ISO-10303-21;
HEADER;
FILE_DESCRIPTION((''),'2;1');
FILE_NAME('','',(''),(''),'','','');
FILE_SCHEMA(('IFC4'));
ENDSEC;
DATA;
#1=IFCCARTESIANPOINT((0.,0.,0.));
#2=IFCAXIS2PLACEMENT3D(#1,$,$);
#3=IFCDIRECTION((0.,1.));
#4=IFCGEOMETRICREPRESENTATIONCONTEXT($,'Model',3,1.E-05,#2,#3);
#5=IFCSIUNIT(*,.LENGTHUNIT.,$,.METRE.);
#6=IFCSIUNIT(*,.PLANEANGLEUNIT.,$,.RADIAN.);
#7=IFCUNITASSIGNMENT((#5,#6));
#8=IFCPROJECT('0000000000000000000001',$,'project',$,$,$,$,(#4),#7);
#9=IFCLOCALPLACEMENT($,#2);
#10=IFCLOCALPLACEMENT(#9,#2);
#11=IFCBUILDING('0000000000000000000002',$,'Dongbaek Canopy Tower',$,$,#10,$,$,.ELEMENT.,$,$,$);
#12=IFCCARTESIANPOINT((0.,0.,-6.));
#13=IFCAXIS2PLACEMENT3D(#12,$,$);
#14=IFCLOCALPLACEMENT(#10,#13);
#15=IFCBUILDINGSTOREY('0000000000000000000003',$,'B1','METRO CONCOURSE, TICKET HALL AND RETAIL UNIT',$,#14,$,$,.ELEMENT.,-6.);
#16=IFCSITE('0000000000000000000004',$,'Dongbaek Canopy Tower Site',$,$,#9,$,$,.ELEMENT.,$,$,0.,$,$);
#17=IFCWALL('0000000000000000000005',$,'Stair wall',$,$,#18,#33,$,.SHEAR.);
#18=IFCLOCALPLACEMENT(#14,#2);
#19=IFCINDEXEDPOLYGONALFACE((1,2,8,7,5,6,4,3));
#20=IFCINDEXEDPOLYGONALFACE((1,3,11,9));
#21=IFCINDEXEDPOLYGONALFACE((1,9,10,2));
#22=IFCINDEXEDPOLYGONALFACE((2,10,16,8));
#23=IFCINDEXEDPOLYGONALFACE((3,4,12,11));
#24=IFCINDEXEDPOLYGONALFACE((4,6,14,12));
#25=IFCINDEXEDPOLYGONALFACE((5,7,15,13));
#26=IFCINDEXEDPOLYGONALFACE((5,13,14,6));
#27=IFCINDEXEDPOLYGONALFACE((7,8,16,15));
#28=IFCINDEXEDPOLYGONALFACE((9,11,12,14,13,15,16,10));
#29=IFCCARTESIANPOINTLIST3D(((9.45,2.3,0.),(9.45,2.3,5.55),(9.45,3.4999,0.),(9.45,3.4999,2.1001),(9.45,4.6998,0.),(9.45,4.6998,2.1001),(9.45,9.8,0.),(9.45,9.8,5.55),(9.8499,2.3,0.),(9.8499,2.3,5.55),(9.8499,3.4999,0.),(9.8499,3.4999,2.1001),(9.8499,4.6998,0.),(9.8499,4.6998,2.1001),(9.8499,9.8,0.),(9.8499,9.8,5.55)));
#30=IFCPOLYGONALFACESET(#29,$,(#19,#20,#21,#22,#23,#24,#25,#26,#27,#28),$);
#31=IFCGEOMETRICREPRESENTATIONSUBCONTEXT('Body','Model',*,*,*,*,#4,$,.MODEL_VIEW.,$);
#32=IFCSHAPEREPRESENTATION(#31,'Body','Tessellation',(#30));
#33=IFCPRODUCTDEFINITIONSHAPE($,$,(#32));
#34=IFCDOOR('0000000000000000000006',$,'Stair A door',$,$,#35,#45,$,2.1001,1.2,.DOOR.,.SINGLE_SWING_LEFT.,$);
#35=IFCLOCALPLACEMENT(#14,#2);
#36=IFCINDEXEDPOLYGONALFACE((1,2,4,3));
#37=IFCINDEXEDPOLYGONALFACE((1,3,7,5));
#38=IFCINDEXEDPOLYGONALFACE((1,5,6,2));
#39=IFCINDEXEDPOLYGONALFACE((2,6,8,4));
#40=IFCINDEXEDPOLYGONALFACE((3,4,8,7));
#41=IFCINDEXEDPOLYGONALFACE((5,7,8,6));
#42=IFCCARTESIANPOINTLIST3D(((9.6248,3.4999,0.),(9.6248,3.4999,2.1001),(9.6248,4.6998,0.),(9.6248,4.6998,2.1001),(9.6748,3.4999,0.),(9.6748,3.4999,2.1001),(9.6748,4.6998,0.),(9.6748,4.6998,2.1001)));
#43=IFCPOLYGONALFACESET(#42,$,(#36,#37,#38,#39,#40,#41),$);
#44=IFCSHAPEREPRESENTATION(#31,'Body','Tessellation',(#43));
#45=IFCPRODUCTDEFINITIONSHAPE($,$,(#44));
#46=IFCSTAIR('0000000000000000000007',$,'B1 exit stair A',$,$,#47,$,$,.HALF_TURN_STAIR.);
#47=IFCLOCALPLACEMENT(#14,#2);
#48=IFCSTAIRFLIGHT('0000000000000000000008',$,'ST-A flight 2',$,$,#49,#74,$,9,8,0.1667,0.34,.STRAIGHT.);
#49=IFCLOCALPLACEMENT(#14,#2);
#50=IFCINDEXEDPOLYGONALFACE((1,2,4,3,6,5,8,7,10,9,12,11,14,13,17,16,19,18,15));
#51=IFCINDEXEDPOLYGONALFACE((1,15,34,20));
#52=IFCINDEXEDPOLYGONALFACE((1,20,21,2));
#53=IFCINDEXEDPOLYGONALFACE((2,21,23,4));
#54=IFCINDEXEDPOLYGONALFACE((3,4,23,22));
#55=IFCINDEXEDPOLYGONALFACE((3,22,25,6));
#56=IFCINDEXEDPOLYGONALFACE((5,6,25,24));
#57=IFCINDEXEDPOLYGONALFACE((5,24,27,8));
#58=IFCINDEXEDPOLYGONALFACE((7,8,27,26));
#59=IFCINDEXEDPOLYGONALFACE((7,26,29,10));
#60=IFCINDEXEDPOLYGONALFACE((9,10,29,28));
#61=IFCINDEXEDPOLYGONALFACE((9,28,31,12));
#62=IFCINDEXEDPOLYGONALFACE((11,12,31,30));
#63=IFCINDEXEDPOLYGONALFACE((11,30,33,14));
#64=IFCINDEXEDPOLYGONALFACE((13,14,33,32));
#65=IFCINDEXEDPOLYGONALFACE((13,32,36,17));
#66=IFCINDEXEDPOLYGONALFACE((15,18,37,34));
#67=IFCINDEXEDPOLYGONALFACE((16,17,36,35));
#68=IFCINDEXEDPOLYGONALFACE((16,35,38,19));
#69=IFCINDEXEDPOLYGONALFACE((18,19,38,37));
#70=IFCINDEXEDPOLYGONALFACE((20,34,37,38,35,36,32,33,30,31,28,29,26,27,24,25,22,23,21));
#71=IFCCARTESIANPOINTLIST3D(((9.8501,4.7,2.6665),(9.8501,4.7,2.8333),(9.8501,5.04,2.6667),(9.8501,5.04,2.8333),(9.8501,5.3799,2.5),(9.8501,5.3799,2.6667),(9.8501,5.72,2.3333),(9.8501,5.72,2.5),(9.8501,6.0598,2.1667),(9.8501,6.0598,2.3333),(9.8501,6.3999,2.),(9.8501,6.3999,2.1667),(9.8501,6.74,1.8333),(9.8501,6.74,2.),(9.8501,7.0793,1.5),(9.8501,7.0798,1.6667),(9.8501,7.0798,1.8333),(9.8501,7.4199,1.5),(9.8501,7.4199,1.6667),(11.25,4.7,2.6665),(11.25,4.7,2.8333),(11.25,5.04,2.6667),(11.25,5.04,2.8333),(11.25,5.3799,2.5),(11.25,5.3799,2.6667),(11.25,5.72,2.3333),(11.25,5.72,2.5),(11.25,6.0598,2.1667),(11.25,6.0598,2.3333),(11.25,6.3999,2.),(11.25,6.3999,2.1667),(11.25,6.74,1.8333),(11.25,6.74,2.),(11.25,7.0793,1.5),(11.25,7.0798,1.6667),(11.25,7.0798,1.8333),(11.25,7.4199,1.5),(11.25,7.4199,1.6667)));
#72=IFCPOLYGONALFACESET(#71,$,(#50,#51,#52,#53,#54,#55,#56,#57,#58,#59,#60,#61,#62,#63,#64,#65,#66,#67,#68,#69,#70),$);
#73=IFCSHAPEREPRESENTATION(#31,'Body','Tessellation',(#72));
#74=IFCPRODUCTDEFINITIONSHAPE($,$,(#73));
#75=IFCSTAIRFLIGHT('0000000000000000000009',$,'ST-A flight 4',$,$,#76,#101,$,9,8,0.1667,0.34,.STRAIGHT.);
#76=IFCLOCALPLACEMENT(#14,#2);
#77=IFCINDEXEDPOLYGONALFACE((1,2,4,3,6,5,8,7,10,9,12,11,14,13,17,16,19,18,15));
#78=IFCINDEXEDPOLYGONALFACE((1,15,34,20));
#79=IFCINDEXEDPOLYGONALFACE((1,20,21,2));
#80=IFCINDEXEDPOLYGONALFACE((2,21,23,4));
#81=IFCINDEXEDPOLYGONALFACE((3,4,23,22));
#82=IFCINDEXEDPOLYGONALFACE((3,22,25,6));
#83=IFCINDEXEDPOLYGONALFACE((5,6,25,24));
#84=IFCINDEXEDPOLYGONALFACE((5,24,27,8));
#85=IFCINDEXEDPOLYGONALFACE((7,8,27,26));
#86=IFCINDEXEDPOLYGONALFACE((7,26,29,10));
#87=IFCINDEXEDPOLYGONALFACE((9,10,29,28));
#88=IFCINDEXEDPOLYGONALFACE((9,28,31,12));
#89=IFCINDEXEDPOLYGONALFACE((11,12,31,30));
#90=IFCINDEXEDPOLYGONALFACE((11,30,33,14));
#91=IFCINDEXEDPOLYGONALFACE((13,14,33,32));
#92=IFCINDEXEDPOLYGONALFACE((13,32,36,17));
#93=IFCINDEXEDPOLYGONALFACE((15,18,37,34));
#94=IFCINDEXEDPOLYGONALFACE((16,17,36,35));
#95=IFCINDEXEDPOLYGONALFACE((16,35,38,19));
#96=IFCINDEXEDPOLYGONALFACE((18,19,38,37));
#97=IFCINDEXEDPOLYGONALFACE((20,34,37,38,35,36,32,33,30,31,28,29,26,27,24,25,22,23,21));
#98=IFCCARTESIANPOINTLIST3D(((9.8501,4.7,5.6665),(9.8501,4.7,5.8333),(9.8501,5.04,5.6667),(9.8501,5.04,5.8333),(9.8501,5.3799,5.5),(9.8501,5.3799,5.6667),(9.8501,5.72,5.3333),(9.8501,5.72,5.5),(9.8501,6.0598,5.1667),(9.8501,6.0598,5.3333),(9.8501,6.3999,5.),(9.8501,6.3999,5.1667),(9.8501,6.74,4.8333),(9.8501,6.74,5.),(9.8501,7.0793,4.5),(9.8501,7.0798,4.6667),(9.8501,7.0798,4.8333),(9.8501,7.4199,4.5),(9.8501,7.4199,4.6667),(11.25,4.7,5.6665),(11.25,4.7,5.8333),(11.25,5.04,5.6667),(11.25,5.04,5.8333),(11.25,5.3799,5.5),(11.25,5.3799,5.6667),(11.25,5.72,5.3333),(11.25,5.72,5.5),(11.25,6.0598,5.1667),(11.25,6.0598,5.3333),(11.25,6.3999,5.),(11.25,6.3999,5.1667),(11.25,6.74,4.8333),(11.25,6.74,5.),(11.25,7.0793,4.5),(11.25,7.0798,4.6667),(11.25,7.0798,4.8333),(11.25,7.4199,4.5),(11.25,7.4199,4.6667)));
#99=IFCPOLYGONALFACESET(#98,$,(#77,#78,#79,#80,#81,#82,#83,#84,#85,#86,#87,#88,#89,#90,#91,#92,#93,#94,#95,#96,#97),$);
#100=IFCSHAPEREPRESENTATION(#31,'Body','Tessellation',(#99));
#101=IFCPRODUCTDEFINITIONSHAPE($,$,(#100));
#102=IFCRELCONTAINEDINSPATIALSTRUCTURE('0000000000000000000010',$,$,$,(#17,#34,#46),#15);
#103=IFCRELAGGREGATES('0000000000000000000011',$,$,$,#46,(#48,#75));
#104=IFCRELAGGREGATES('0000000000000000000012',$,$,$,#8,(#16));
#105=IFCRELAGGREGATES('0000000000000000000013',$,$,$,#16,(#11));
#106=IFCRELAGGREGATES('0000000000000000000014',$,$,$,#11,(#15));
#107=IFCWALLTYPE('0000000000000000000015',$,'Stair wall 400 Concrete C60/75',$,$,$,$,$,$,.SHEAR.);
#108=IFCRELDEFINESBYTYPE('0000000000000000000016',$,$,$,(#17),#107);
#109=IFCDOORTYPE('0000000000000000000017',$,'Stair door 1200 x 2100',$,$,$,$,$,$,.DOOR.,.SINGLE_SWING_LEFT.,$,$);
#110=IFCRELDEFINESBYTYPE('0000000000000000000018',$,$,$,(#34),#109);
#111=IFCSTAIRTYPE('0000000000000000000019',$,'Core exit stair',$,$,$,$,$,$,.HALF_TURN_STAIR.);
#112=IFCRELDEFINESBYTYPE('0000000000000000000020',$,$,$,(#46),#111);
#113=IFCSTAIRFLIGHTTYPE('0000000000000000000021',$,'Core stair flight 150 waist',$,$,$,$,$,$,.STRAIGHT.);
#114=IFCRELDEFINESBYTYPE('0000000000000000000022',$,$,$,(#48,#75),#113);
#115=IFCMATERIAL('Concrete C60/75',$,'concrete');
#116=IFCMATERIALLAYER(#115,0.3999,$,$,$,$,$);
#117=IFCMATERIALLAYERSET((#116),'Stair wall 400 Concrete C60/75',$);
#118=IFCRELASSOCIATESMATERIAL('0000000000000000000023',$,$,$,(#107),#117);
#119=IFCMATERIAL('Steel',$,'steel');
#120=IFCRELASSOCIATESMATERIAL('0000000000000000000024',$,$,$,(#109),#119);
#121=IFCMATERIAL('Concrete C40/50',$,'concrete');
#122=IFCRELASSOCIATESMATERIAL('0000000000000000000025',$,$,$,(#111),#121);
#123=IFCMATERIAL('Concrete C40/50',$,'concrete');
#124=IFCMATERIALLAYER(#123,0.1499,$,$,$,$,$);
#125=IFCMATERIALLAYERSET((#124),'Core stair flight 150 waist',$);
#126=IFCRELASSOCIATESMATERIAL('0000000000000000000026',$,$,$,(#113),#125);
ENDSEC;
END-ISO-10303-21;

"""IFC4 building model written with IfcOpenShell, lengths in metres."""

from ifc_helpers import new_model, si_unit, direction, frame, frame_2d, origin, place, context, subcontext, project, spatial, polyline, rectangle, outline, extrude, material, layer, layer_set, type_object, element, fill, aggregate, save


model = new_model("IFC4")

# Units and contexts
model_context = context("Model", 3, precision=1e-05, world=origin(), true_north=direction((0.0, 1.0)))
body_context = subcontext(model_context, "Body", "Model", "MODEL_VIEW")
ifc_project = project(units=[si_unit("LENGTHUNIT", "METRE"), si_unit("PLANEANGLEUNIT", "RADIAN")], contexts=[model_context])

# Site, building, storey
site_placement = place(None, origin())
site = spatial("IfcSite", under=ifc_project, at=site_placement, Name="Dongbaek Canopy Tower Site", CompositionType="ELEMENT", RefElevation=0.0)
building_placement = place(site_placement, origin())
building = spatial("IfcBuilding", under=site, at=building_placement, Name="Dongbaek Canopy Tower", CompositionType="ELEMENT")
storey_placement = place(building_placement, frame((0.0, 0.0, -6.0)))
storey = spatial("IfcBuildingStorey", under=building, at=storey_placement, Name="B1", Description="METRO CONCOURSE, TICKET HALL AND RETAIL UNIT", CompositionType="ELEMENT", Elevation=-6.0)

# Wall, opening, door
ifc_material_1 = material(Name="Concrete C60/75", Category="concrete")
ifc_layer_1 = layer(ifc_material_1, 0.3999)
ifc_layer_set_1 = layer_set([ifc_layer_1], Name="Stair wall 400 Concrete C60/75")
wall_type_1 = type_object("IfcWallType", Name="Stair wall 400 Concrete C60/75", PredefinedType="SHEAR", material=ifc_layer_set_1)
wall_1_placement = place(storey_placement, frame((9.6499, 9.8, 0.0), z_axis=(0.0, 0.0, 1.0), x_axis=(0.0, -1.0, 0.0)))
wall_1 = element("IfcWall", 1, at=wall_1_placement, inside=storey, type_object=wall_type_1, Name="Stair wall", PredefinedType="SHEAR", context=body_context, shape_type="SweptSolid", body=[
    extrude(rectangle(XDim=7.5, YDim=0.3999, at=frame_2d((3.75, 0.0))), origin(), (0.0, 0.0, 1.0), 5.55),
])
opening_1_placement = place(wall_1_placement, frame((5.1001, 0.0, 0.0)))
opening_1 = element("IfcOpeningElement", 2, at=opening_1_placement, cuts=wall_1, PredefinedType="OPENING", context=body_context, shape_type="SweptSolid", body=[
    extrude(rectangle(XDim=1.2, YDim=2.1001, at=frame_2d((0.6001, 1.05))), frame((0.0, 0.21, 0.0), z_axis=(0.0, -1.0, 0.0), x_axis=(1.0, 0.0, 0.0)), (0.0, 0.0, 1.0), 0.4199),
])
ifc_material_2 = material(Name="Steel", Category="steel")
door_type_1 = type_object("IfcDoorType", Name="Stair door 1200 x 2100", OperationType="SINGLE_SWING_LEFT", PredefinedType="DOOR", material=ifc_material_2)
door_1_placement = place(opening_1_placement, origin())
door_1 = element("IfcDoor", 3, at=door_1_placement, inside=storey, type_object=door_type_1, Name="Stair A door", OperationType="SINGLE_SWING_LEFT", OverallHeight=2.1001, OverallWidth=1.2, PredefinedType="DOOR", context=body_context, shape_type="SweptSolid", body=[
    extrude(rectangle(XDim=1.2, YDim=2.1001, at=frame_2d((0.6001, 1.05))), frame((0.0, 0.0249, 0.0), z_axis=(0.0, -1.0, 0.0), x_axis=(1.0, 0.0, 0.0)), (0.0, 0.0, 1.0), 0.05),
])
fill(opening_1, door_1)

# Stair, stair flights
ifc_material_3 = material(Name="Concrete C40/50", Category="concrete")
stair_type = type_object("IfcStairType", Name="Core exit stair", PredefinedType="HALF_TURN_STAIR", material=ifc_material_3)
stair_placement = place(storey_placement, origin())
stair = element("IfcStair", 4, at=stair_placement, inside=storey, type_object=stair_type, Name="B1 exit stair A", PredefinedType="HALF_TURN_STAIR")
ifc_material_4 = material(Name="Concrete C40/50", Category="concrete")
ifc_layer_2 = layer(ifc_material_4, 0.1499)
ifc_layer_set_2 = layer_set([ifc_layer_2], Name="Core stair flight 150 waist")
stair_flight_type = type_object("IfcStairFlightType", Name="Core stair flight 150 waist", PredefinedType="STRAIGHT", material=ifc_layer_set_2)
stair_flight_1_placement = place(storey_placement, frame((10.55, 7.4199, 1.5), z_axis=(0.0, 0.0, 1.0), x_axis=(0.0, -1.0, 0.0)))
stair_flight_1 = element("IfcStairFlight", 5, at=stair_flight_1_placement, type_object=stair_flight_type, Name="ST-A flight 2", NumberOfRisers=9, NumberOfTreads=8, PredefinedType="STRAIGHT", RiserHeight=0.1667, TreadLength=0.34, context=body_context, shape_type="SweptSolid", body=[
    extrude(outline(polyline([(0.0, 0.0), (0.0, 0.1667), (0.3401, 0.1667), (0.3401, 0.3333), (0.6799, 0.3333), (0.6799, 0.5), (1.02, 0.5), (1.02, 0.6667), (1.3601, 0.6667), (1.3601, 0.8333), (1.7, 0.8333), (1.7, 1.0), (2.04, 1.0), (2.04, 1.1667), (2.3799, 1.1667), (2.3799, 1.3333), (2.72, 1.3333), (2.72, 1.5), (2.72, 1.1665), (0.3406, 0.0), (0.0, 0.0)])), frame((0.0, 0.7, 0.0), z_axis=(0.0, -1.0, 0.0), x_axis=(1.0, 0.0, 0.0)), (0.0, 0.0, 1.0), 1.3999),
])
stair_flight_2_placement = place(storey_placement, frame((10.55, 7.4199, 4.5), z_axis=(0.0, 0.0, 1.0), x_axis=(0.0, -1.0, 0.0)))
stair_flight_2 = element("IfcStairFlight", 6, at=stair_flight_2_placement, type_object=stair_flight_type, Name="ST-A flight 4", NumberOfRisers=9, NumberOfTreads=8, PredefinedType="STRAIGHT", RiserHeight=0.1667, TreadLength=0.34, context=body_context, shape_type="SweptSolid", body=[
    extrude(outline(polyline([(0.0, 0.0), (0.0, 0.1667), (0.3401, 0.1667), (0.3401, 0.3333), (0.6799, 0.3333), (0.6799, 0.5), (1.02, 0.5), (1.02, 0.6667), (1.3601, 0.6667), (1.3601, 0.8333), (1.7, 0.8333), (1.7, 1.0), (2.04, 1.0), (2.04, 1.1667), (2.3799, 1.1667), (2.3799, 1.3333), (2.72, 1.3333), (2.72, 1.5), (2.72, 1.1665), (0.3406, 0.0), (0.0, 0.0)])), frame((0.0, 0.7, 0.0), z_axis=(0.0, -1.0, 0.0), x_axis=(1.0, 0.0, 0.0)), (0.0, 0.0, 1.0), 1.3999),
])
aggregate(stair, [stair_flight_1, stair_flight_2])

save(model, "model.ifc")
